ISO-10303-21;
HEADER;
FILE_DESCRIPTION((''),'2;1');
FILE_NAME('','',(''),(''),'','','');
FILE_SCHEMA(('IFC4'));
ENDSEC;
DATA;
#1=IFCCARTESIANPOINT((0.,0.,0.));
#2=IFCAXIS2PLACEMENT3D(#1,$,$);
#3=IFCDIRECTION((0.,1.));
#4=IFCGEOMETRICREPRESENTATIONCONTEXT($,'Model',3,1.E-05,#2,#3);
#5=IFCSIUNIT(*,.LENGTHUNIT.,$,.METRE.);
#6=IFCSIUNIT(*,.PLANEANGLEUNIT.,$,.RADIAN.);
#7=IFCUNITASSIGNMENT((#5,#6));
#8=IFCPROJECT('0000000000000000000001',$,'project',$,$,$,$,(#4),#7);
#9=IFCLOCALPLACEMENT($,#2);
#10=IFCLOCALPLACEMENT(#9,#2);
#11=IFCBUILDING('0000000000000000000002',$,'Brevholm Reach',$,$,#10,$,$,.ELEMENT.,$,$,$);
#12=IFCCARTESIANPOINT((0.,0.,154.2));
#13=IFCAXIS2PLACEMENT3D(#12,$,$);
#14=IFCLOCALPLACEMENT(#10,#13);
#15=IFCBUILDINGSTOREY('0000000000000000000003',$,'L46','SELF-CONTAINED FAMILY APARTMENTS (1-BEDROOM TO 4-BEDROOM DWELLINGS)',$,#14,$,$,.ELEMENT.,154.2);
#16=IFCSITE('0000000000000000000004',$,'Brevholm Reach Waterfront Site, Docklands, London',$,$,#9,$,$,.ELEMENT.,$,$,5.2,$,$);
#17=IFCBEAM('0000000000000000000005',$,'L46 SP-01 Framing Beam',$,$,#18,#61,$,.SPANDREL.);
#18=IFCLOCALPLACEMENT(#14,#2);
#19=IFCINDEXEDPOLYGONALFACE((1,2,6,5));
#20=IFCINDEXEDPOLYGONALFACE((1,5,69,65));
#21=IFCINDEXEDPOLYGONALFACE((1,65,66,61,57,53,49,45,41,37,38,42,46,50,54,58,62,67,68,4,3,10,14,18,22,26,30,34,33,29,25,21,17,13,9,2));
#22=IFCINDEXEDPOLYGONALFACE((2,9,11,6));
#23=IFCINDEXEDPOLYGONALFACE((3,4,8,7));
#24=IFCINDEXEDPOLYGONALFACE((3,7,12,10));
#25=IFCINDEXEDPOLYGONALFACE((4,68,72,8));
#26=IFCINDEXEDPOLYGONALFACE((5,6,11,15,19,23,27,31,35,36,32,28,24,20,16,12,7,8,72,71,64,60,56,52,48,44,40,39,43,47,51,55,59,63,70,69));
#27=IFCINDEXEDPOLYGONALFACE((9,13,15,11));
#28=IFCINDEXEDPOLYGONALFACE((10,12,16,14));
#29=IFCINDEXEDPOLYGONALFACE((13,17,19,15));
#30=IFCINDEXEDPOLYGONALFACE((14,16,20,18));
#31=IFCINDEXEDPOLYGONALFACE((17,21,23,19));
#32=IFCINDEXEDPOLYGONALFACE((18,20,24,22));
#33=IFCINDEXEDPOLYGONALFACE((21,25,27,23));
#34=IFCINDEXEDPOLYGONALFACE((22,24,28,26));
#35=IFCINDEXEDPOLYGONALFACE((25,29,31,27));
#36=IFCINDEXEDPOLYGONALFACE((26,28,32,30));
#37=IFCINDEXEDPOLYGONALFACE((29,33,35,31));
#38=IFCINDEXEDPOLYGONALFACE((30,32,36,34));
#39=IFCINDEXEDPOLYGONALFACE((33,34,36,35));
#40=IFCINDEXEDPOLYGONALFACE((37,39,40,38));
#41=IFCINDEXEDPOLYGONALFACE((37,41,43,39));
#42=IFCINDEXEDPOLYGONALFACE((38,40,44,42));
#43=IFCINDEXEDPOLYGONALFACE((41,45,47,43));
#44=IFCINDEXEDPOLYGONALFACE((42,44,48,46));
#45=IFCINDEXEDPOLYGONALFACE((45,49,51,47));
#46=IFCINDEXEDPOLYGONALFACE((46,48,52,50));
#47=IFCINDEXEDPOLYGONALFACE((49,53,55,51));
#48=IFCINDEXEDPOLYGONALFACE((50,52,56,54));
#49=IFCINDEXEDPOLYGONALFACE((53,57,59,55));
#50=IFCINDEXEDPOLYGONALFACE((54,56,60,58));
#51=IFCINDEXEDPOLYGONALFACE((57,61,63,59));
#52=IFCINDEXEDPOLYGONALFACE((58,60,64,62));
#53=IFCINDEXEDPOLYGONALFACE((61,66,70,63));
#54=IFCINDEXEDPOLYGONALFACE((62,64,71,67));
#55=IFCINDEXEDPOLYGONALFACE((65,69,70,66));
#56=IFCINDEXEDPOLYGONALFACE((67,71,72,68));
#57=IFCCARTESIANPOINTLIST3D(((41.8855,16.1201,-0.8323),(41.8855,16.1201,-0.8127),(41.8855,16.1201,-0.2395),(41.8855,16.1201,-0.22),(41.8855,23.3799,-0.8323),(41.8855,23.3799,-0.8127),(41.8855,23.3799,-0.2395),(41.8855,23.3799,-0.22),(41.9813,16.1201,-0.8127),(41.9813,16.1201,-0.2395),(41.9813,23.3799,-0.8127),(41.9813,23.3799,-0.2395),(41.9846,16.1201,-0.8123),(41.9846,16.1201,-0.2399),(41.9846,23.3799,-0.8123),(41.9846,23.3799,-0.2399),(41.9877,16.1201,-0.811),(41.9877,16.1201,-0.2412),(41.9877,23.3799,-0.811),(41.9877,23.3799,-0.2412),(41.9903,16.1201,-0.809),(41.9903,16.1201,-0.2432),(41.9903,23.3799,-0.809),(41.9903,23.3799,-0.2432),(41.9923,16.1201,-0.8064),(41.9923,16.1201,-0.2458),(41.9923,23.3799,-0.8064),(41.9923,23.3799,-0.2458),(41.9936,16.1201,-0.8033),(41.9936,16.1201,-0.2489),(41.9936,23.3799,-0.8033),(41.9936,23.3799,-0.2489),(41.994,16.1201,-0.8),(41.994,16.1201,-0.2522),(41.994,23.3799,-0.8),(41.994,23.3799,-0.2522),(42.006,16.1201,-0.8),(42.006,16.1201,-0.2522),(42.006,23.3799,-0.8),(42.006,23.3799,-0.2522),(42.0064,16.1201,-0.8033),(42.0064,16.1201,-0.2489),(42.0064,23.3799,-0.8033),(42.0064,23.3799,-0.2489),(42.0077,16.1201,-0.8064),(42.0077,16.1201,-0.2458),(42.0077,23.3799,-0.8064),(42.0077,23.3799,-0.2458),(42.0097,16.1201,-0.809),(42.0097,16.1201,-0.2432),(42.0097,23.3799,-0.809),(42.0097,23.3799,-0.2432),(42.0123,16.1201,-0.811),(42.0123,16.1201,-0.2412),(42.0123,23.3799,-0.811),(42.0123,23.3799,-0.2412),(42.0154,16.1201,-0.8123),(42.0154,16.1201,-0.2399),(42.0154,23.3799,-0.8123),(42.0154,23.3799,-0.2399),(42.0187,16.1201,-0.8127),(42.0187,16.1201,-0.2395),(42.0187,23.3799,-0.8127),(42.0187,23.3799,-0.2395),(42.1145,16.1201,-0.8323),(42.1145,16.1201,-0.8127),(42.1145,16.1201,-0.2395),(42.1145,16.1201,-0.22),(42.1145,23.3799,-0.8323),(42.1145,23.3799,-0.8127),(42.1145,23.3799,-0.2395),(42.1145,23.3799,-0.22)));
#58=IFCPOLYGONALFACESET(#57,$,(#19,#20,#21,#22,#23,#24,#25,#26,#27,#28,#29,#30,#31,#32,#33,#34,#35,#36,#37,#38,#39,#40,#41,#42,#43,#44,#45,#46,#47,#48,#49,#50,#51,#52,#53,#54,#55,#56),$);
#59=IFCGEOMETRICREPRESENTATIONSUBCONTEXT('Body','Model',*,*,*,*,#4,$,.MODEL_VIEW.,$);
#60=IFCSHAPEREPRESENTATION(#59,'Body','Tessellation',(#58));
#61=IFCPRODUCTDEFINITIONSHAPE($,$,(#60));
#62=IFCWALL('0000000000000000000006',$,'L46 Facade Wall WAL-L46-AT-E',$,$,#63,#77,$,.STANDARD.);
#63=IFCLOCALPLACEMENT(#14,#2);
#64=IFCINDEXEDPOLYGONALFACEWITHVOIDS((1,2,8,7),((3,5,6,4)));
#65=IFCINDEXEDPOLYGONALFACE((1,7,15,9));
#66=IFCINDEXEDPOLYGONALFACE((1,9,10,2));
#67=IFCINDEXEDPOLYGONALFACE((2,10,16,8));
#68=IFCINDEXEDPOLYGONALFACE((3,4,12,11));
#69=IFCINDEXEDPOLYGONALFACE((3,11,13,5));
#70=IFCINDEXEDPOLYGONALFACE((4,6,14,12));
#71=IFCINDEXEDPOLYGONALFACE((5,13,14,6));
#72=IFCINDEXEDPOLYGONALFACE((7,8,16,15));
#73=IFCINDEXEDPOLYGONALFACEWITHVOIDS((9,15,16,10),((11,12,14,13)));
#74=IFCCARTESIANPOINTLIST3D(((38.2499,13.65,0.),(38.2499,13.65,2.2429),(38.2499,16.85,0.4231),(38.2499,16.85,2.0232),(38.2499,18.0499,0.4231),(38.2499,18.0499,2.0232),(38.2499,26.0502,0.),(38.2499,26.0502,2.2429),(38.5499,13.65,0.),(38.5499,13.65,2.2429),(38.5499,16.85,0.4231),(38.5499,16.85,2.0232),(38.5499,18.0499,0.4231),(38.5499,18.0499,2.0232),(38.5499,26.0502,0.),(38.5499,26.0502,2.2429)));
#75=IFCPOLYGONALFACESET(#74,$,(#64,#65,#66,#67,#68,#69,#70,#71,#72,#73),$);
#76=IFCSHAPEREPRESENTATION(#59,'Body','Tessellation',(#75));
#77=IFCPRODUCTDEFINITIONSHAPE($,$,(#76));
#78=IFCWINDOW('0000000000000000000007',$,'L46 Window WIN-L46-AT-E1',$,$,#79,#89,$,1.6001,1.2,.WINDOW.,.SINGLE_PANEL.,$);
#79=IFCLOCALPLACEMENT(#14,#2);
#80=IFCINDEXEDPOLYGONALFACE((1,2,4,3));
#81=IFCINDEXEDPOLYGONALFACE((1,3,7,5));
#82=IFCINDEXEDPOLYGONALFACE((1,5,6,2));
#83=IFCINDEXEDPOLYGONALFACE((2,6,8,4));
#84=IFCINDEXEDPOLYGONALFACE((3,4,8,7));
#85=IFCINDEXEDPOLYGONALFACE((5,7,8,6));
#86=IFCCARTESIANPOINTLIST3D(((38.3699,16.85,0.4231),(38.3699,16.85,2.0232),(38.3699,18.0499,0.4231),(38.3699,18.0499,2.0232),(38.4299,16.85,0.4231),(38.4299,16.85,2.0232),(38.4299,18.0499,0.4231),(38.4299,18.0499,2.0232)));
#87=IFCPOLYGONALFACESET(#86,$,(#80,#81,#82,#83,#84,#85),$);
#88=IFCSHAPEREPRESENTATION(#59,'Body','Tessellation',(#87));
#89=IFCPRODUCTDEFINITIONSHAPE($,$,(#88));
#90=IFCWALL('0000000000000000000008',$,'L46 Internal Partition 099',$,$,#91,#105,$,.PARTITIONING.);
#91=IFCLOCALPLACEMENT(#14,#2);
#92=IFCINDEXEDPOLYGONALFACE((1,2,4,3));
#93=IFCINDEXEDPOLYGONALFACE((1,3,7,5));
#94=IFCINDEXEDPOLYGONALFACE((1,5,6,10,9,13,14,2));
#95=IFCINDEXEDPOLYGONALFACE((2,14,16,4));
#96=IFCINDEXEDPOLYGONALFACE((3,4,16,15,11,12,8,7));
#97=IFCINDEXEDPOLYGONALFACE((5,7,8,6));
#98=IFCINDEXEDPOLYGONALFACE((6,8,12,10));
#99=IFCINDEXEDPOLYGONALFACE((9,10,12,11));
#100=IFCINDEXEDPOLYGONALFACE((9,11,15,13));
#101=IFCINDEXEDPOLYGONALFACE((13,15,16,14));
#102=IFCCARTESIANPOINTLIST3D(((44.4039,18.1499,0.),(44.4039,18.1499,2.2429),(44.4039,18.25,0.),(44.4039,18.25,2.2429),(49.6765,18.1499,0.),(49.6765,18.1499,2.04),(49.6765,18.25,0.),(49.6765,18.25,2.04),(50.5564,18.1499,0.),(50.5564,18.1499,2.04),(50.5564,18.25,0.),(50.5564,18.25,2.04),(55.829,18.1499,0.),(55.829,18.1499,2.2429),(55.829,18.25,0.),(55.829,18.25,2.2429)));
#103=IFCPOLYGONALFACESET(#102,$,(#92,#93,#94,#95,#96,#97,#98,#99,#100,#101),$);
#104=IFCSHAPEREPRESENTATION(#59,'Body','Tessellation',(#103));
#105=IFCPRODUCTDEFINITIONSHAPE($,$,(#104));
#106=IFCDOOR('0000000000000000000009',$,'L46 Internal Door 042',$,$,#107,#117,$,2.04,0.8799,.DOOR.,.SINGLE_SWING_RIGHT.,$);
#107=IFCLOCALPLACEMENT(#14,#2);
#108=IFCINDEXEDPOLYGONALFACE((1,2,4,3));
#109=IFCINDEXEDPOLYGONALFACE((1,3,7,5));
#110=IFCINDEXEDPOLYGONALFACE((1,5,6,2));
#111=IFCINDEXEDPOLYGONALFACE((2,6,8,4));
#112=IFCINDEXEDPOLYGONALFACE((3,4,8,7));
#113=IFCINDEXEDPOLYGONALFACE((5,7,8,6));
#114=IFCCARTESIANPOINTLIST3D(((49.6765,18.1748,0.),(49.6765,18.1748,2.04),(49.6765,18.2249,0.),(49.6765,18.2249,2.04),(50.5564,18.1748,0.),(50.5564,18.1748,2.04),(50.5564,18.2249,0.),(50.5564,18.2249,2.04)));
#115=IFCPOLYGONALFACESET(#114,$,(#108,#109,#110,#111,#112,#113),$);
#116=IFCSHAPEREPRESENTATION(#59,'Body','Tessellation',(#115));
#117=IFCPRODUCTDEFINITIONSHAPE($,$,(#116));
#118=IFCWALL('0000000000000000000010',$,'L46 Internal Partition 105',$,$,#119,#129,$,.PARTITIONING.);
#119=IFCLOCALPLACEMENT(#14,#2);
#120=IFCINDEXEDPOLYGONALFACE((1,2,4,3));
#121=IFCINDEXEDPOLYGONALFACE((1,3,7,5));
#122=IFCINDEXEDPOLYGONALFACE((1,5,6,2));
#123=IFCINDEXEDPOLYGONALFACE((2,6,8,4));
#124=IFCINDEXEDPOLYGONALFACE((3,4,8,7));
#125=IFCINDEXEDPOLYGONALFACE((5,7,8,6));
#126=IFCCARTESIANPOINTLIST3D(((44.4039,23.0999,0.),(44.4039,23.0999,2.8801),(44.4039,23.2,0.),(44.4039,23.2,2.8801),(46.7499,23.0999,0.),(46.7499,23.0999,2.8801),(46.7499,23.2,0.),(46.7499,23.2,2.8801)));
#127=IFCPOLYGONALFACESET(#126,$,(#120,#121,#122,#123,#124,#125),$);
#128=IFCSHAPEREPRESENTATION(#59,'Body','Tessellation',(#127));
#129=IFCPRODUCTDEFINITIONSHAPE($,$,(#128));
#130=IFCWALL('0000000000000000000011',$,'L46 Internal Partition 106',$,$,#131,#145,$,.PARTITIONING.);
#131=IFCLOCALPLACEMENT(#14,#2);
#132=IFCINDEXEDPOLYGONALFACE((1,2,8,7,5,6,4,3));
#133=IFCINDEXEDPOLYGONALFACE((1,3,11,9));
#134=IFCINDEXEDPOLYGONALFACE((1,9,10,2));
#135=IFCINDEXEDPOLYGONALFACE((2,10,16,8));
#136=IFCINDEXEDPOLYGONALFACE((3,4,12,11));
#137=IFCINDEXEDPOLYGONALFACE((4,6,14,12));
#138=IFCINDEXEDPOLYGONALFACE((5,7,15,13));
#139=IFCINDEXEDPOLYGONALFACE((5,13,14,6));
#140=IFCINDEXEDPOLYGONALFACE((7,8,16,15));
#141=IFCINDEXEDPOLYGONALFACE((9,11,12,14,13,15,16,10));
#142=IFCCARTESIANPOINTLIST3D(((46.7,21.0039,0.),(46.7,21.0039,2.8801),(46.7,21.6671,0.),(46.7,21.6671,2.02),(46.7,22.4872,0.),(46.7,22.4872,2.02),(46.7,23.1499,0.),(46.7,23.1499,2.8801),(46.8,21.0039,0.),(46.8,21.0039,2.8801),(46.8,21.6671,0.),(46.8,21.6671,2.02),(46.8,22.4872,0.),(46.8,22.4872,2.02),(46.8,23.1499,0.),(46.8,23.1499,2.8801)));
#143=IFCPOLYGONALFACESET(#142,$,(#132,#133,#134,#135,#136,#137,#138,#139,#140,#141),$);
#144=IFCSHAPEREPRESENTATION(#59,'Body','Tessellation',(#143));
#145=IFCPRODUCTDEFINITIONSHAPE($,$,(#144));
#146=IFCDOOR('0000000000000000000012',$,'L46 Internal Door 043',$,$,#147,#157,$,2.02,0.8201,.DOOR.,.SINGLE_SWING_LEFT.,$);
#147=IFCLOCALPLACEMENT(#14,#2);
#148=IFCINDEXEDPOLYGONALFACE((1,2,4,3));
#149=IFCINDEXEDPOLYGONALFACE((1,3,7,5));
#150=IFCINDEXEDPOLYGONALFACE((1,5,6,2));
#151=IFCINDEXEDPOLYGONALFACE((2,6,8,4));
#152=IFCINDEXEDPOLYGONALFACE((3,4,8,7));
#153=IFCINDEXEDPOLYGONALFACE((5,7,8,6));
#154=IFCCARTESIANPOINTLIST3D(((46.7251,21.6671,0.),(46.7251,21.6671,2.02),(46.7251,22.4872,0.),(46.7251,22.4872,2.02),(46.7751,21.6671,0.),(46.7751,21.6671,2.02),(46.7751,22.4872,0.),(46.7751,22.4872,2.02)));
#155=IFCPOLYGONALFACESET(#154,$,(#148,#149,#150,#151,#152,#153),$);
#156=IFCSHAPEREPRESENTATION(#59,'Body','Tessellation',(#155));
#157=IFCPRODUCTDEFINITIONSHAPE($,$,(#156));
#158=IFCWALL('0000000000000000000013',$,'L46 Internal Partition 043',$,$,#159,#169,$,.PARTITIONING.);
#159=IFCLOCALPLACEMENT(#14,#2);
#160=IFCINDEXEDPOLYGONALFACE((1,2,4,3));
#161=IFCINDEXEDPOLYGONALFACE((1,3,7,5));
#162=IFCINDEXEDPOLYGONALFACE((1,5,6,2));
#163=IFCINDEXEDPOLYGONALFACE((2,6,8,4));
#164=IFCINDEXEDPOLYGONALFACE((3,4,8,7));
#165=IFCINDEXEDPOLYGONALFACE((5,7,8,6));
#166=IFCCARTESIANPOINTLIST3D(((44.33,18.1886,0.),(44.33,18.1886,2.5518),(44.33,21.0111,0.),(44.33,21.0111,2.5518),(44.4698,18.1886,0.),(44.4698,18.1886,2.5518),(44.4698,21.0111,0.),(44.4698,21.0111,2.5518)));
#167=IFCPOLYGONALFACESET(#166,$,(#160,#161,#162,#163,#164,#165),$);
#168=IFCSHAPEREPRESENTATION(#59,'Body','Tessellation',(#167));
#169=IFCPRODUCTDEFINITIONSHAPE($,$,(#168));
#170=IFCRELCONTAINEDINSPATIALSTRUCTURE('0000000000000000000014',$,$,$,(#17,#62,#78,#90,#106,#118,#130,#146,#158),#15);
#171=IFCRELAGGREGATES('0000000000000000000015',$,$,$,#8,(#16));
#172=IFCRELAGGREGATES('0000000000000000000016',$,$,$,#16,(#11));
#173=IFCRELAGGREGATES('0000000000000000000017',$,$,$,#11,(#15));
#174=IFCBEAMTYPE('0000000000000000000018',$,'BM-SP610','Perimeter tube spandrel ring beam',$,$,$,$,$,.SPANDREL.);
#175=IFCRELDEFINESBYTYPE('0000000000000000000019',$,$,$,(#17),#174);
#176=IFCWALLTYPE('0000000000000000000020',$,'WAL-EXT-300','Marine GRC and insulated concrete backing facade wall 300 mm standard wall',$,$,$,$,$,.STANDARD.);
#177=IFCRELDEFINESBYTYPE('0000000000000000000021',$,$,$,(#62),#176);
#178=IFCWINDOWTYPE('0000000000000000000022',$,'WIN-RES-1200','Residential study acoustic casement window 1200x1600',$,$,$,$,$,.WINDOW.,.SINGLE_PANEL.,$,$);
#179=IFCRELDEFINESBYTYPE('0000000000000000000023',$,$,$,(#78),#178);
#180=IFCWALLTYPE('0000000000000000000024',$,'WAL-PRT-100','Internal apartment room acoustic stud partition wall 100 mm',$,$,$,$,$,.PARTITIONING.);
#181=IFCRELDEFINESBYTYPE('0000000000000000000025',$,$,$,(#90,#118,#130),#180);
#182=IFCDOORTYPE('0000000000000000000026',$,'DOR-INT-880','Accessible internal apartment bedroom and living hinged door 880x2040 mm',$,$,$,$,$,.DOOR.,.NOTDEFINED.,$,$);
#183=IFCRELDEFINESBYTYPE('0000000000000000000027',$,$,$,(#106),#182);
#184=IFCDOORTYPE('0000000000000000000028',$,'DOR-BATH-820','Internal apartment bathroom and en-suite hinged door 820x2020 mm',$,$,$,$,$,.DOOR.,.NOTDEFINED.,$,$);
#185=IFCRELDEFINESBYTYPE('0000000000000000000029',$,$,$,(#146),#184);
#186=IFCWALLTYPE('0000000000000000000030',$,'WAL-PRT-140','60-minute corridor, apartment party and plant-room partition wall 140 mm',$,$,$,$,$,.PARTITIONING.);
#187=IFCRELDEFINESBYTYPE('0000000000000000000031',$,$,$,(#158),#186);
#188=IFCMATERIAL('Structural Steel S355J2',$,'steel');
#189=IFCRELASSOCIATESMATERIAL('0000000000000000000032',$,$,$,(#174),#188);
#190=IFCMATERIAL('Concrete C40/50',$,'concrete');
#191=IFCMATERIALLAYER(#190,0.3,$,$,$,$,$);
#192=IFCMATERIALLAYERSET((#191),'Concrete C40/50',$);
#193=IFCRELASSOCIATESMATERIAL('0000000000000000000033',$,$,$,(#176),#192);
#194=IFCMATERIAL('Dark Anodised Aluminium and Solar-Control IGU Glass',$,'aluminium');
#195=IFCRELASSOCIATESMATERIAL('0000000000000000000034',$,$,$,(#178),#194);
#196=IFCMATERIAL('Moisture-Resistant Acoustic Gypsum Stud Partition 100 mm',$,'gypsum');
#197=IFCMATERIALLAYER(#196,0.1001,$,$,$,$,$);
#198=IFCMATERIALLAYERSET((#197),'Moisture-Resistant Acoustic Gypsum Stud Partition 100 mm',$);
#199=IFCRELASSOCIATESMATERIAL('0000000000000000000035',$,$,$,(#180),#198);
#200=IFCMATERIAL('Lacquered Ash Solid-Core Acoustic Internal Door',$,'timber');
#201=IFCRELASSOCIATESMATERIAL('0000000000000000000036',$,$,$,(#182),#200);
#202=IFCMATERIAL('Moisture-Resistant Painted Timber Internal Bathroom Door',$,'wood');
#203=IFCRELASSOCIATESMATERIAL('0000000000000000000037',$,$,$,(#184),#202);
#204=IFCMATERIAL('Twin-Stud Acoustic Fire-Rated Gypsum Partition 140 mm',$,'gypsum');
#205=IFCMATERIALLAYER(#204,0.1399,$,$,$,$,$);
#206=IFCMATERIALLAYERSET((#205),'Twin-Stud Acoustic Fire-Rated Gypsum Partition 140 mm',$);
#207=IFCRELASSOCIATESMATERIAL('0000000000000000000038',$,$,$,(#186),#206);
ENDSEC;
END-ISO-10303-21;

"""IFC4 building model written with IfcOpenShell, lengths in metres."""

from ifc_helpers import new_model, si_unit, direction, frame, frame_2d, origin, origin_2d, place, context, subcontext, project, spatial, rectangle, i_section, extrude, material, layer, layer_set, material_profile, profile_set, type_object, element, fill, save


model = new_model("IFC4")

# Units and contexts
model_context = context("Model", 3, precision=1e-05, world=origin(), true_north=direction((0.0, 1.0)))
body_context = subcontext(model_context, "Body", "Model", "MODEL_VIEW")
ifc_project = project(units=[si_unit("LENGTHUNIT", "METRE"), si_unit("PLANEANGLEUNIT", "RADIAN")], contexts=[model_context])

# Site, building, storey
site_placement = place(None, origin())
site = spatial("IfcSite", under=ifc_project, at=site_placement, Name="Brevholm Reach Waterfront Site, Docklands, London", CompositionType="ELEMENT", RefElevation=5.2)
building_placement = place(site_placement, origin())
building = spatial("IfcBuilding", under=site, at=building_placement, Name="Brevholm Reach", CompositionType="ELEMENT")
storey_placement = place(building_placement, frame((0.0, 0.0, 154.2)))
storey = spatial("IfcBuildingStorey", under=building, at=storey_placement, Name="L46", Description="SELF-CONTAINED FAMILY APARTMENTS (1-BEDROOM TO 4-BEDROOM DWELLINGS)", CompositionType="ELEMENT", Elevation=154.2)

# Beam
ifc_material_1 = material(Name="Structural Steel S355J2", Category="steel")
ifc_material_profile_1 = material_profile(ifc_material_1, i_section(OverallWidth=0.229, OverallDepth=0.6123, WebThickness=0.012, FlangeThickness=0.0195, FilletRadius=0.0127, at=origin_2d()), Name="UKB 610x229x125")
ifc_profile_set_1 = profile_set([ifc_material_profile_1], Name="Structural Steel S355J2")
beam_type_1 = type_object("IfcBeamType", Name="BM-SP610", Description="Perimeter tube spandrel ring beam", PredefinedType="SPANDREL", material=ifc_profile_set_1)
beam_1_placement = place(storey_placement, frame((42.0, 16.1201, -0.5261), z_axis=(0.0, 1.0, 0.0), x_axis=(-1.0, 0.0, 0.0)))
element("IfcBeam", 1, at=beam_1_placement, inside=storey, type_object=beam_type_1, Name="L46 SP-01 Framing Beam", PredefinedType="SPANDREL", context=body_context, shape_type="SweptSolid", body=[
    extrude(i_section(OverallWidth=0.229, OverallDepth=0.6123, WebThickness=0.012, FlangeThickness=0.0195, FilletRadius=0.0127, at=origin_2d()), origin(), (0.0, 0.0, 1.0), 7.2598),
])

# Wall, opening, window
ifc_material_2 = material(Name="Concrete C40/50", Category="concrete")
ifc_layer_1 = layer(ifc_material_2, 0.3)
ifc_layer_set_1 = layer_set([ifc_layer_1], Name="Concrete C40/50")
wall_type_1 = type_object("IfcWallType", Name="WAL-EXT-300", Description="Marine GRC and insulated concrete backing facade wall 300 mm standard wall", PredefinedType="STANDARD", material=ifc_layer_set_1)
wall_1_placement = place(storey_placement, frame((38.3999, 13.6499, 0.0), z_axis=(0.0, 0.0, 1.0), x_axis=(0.0, 1.0, 0.0)))
wall_1 = element("IfcWall", 2, at=wall_1_placement, inside=storey, type_object=wall_type_1, Name="L46 Facade Wall WAL-L46-AT-E", PredefinedType="STANDARD", context=body_context, shape_type="SweptSolid", body=[
    extrude(rectangle(XDim=12.4001, YDim=0.3, at=frame_2d((6.2002, 0.0))), origin(), (0.0, 0.0, 1.0), 2.2429),
])
opening_1_placement = place(wall_1_placement, frame((3.2, 0.0, 0.4231)))
opening_1 = element("IfcOpeningElement", 3, at=opening_1_placement, cuts=wall_1, PredefinedType="OPENING", context=body_context, shape_type="SweptSolid", body=[
    extrude(rectangle(XDim=1.2, YDim=1.6001, at=frame_2d((0.6001, 0.8))), frame((0.0, 0.1599, 0.0), z_axis=(0.0, -1.0, 0.0), x_axis=(1.0, 0.0, 0.0)), (0.0, 0.0, 1.0), 0.3201),
])
ifc_material_3 = material(Name="Dark Anodised Aluminium and Solar-Control IGU Glass", Category="aluminium")
window_type = type_object("IfcWindowType", Name="WIN-RES-1200", Description="Residential study acoustic casement window 1200x1600", PartitioningType="SINGLE_PANEL", PredefinedType="WINDOW", material=ifc_material_3)
window_placement = place(opening_1_placement, origin())
window = element("IfcWindow", 4, at=window_placement, inside=storey, type_object=window_type, Name="L46 Window WIN-L46-AT-E1", OverallHeight=1.6001, OverallWidth=1.2, PartitioningType="SINGLE_PANEL", PredefinedType="WINDOW", context=body_context, shape_type="SweptSolid", body=[
    extrude(rectangle(XDim=1.2, YDim=1.6001, at=frame_2d((0.6001, 0.8))), frame((0.0, 0.03, 0.0), z_axis=(0.0, -1.0, 0.0), x_axis=(1.0, 0.0, 0.0)), (0.0, 0.0, 1.0), 0.0601),
])
fill(opening_1, window)

# Wall, opening, door
ifc_material_4 = material(Name="Moisture-Resistant Acoustic Gypsum Stud Partition 100 mm", Category="gypsum")
ifc_layer_2 = layer(ifc_material_4, 0.1001)
ifc_layer_set_2 = layer_set([ifc_layer_2], Name="Moisture-Resistant Acoustic Gypsum Stud Partition 100 mm")
wall_type_2 = type_object("IfcWallType", Name="WAL-PRT-100", Description="Internal apartment room acoustic stud partition wall 100 mm", PredefinedType="PARTITIONING", material=ifc_layer_set_2)
wall_2_placement = place(storey_placement, frame((44.4041, 18.2, 0.0), z_axis=(0.0, 0.0, 1.0), x_axis=(1.0, 0.0, 0.0)))
wall_2 = element("IfcWall", 5, at=wall_2_placement, inside=storey, type_object=wall_type_2, Name="L46 Internal Partition 099", PredefinedType="PARTITIONING", context=body_context, shape_type="SweptSolid", body=[
    extrude(rectangle(XDim=11.425, YDim=0.1001, at=frame_2d((5.7124, 0.0))), origin(), (0.0, 0.0, 1.0), 2.2429),
])
opening_2_placement = place(wall_2_placement, frame((5.2725, 0.0, 0.0)))
opening_2 = element("IfcOpeningElement", 6, at=opening_2_placement, cuts=wall_2, PredefinedType="OPENING", context=body_context, shape_type="SweptSolid", body=[
    extrude(rectangle(XDim=0.8799, YDim=2.04, at=frame_2d((0.4399, 1.02))), frame((0.0, 0.0601, 0.0), z_axis=(0.0, -1.0, 0.0), x_axis=(1.0, 0.0, 0.0)), (0.0, 0.0, 1.0), 0.1201),
])
ifc_material_5 = material(Name="Lacquered Ash Solid-Core Acoustic Internal Door", Category="timber")
door_type_1 = type_object("IfcDoorType", Name="DOR-INT-880", Description="Accessible internal apartment bedroom and living hinged door 880x2040 mm", OperationType="NOTDEFINED", PredefinedType="DOOR", material=ifc_material_5)
door_1_placement = place(opening_2_placement, origin())
door_1 = element("IfcDoor", 7, at=door_1_placement, inside=storey, type_object=door_type_1, Name="L46 Internal Door 042", OperationType="SINGLE_SWING_RIGHT", OverallHeight=2.04, OverallWidth=0.8799, PredefinedType="DOOR", context=body_context, shape_type="SweptSolid", body=[
    extrude(rectangle(XDim=0.8799, YDim=2.04, at=frame_2d((0.4399, 1.02))), frame((0.0, 0.0249, 0.0), z_axis=(0.0, -1.0, 0.0), x_axis=(1.0, 0.0, 0.0)), (0.0, 0.0, 1.0), 0.05),
])
fill(opening_2, door_1)

# Wall
wall_3_placement = place(storey_placement, frame((44.4041, 23.1499, 0.0), z_axis=(0.0, 0.0, 1.0), x_axis=(1.0, 0.0, 0.0)))
element("IfcWall", 8, at=wall_3_placement, inside=storey, type_object=wall_type_2, Name="L46 Internal Partition 105", PredefinedType="PARTITIONING", context=body_context, shape_type="SweptSolid", body=[
    extrude(rectangle(XDim=2.3459, YDim=0.1001, at=frame_2d((1.1729, 0.0))), origin(), (0.0, 0.0, 1.0), 2.8801),
])

# Wall, opening, door
wall_4_placement = place(storey_placement, frame((46.75, 21.0039, 0.0), z_axis=(0.0, 0.0, 1.0), x_axis=(0.0, 1.0, 0.0)))
wall_4 = element("IfcWall", 9, at=wall_4_placement, inside=storey, type_object=wall_type_2, Name="L46 Internal Partition 106", PredefinedType="PARTITIONING", context=body_context, shape_type="SweptSolid", body=[
    extrude(rectangle(XDim=2.146, YDim=0.1001, at=frame_2d((1.073, 0.0))), origin(), (0.0, 0.0, 1.0), 2.8801),
])
opening_3_placement = place(wall_4_placement, frame((0.6631, 0.0, 0.0)))
opening_3 = element("IfcOpeningElement", 10, at=opening_3_placement, cuts=wall_4, PredefinedType="OPENING", context=body_context, shape_type="SweptSolid", body=[
    extrude(rectangle(XDim=0.8201, YDim=2.02, at=frame_2d((0.4102, 1.01))), frame((0.0, 0.0601, 0.0), z_axis=(0.0, -1.0, 0.0), x_axis=(1.0, 0.0, 0.0)), (0.0, 0.0, 1.0), 0.1201),
])
ifc_material_6 = material(Name="Moisture-Resistant Painted Timber Internal Bathroom Door", Category="wood")
door_type_2 = type_object("IfcDoorType", Name="DOR-BATH-820", Description="Internal apartment bathroom and en-suite hinged door 820x2020 mm", OperationType="NOTDEFINED", PredefinedType="DOOR", material=ifc_material_6)
door_2_placement = place(opening_3_placement, origin())
door_2 = element("IfcDoor", 11, at=door_2_placement, inside=storey, type_object=door_type_2, Name="L46 Internal Door 043", OperationType="SINGLE_SWING_LEFT", OverallHeight=2.02, OverallWidth=0.8201, PredefinedType="DOOR", context=body_context, shape_type="SweptSolid", body=[
    extrude(rectangle(XDim=0.8201, YDim=2.02, at=frame_2d((0.4102, 1.01))), frame((0.0, 0.0249, 0.0), z_axis=(0.0, -1.0, 0.0), x_axis=(1.0, 0.0, 0.0)), (0.0, 0.0, 1.0), 0.05),
])
fill(opening_3, door_2)

# Wall
ifc_material_7 = material(Name="Twin-Stud Acoustic Fire-Rated Gypsum Partition 140 mm", Category="gypsum")
ifc_layer_3 = layer(ifc_material_7, 0.1399)
ifc_layer_set_3 = layer_set([ifc_layer_3], Name="Twin-Stud Acoustic Fire-Rated Gypsum Partition 140 mm")
wall_type_3 = type_object("IfcWallType", Name="WAL-PRT-140", Description="60-minute corridor, apartment party and plant-room partition wall 140 mm", PredefinedType="PARTITIONING", material=ifc_layer_set_3)
wall_5_placement = place(storey_placement, frame((44.3999, 18.1887, 0.0), z_axis=(0.0, 0.0, 1.0), x_axis=(0.0, 1.0, 0.0)))
element("IfcWall", 12, at=wall_5_placement, inside=storey, type_object=wall_type_3, Name="L46 Internal Partition 043", PredefinedType="PARTITIONING", context=body_context, shape_type="SweptSolid", body=[
    extrude(rectangle(XDim=2.8225, YDim=0.1399, at=frame_2d((1.4111, 0.0))), origin(), (0.0, 0.0, 1.0), 2.5518),
])

save(model, "model.ifc")
